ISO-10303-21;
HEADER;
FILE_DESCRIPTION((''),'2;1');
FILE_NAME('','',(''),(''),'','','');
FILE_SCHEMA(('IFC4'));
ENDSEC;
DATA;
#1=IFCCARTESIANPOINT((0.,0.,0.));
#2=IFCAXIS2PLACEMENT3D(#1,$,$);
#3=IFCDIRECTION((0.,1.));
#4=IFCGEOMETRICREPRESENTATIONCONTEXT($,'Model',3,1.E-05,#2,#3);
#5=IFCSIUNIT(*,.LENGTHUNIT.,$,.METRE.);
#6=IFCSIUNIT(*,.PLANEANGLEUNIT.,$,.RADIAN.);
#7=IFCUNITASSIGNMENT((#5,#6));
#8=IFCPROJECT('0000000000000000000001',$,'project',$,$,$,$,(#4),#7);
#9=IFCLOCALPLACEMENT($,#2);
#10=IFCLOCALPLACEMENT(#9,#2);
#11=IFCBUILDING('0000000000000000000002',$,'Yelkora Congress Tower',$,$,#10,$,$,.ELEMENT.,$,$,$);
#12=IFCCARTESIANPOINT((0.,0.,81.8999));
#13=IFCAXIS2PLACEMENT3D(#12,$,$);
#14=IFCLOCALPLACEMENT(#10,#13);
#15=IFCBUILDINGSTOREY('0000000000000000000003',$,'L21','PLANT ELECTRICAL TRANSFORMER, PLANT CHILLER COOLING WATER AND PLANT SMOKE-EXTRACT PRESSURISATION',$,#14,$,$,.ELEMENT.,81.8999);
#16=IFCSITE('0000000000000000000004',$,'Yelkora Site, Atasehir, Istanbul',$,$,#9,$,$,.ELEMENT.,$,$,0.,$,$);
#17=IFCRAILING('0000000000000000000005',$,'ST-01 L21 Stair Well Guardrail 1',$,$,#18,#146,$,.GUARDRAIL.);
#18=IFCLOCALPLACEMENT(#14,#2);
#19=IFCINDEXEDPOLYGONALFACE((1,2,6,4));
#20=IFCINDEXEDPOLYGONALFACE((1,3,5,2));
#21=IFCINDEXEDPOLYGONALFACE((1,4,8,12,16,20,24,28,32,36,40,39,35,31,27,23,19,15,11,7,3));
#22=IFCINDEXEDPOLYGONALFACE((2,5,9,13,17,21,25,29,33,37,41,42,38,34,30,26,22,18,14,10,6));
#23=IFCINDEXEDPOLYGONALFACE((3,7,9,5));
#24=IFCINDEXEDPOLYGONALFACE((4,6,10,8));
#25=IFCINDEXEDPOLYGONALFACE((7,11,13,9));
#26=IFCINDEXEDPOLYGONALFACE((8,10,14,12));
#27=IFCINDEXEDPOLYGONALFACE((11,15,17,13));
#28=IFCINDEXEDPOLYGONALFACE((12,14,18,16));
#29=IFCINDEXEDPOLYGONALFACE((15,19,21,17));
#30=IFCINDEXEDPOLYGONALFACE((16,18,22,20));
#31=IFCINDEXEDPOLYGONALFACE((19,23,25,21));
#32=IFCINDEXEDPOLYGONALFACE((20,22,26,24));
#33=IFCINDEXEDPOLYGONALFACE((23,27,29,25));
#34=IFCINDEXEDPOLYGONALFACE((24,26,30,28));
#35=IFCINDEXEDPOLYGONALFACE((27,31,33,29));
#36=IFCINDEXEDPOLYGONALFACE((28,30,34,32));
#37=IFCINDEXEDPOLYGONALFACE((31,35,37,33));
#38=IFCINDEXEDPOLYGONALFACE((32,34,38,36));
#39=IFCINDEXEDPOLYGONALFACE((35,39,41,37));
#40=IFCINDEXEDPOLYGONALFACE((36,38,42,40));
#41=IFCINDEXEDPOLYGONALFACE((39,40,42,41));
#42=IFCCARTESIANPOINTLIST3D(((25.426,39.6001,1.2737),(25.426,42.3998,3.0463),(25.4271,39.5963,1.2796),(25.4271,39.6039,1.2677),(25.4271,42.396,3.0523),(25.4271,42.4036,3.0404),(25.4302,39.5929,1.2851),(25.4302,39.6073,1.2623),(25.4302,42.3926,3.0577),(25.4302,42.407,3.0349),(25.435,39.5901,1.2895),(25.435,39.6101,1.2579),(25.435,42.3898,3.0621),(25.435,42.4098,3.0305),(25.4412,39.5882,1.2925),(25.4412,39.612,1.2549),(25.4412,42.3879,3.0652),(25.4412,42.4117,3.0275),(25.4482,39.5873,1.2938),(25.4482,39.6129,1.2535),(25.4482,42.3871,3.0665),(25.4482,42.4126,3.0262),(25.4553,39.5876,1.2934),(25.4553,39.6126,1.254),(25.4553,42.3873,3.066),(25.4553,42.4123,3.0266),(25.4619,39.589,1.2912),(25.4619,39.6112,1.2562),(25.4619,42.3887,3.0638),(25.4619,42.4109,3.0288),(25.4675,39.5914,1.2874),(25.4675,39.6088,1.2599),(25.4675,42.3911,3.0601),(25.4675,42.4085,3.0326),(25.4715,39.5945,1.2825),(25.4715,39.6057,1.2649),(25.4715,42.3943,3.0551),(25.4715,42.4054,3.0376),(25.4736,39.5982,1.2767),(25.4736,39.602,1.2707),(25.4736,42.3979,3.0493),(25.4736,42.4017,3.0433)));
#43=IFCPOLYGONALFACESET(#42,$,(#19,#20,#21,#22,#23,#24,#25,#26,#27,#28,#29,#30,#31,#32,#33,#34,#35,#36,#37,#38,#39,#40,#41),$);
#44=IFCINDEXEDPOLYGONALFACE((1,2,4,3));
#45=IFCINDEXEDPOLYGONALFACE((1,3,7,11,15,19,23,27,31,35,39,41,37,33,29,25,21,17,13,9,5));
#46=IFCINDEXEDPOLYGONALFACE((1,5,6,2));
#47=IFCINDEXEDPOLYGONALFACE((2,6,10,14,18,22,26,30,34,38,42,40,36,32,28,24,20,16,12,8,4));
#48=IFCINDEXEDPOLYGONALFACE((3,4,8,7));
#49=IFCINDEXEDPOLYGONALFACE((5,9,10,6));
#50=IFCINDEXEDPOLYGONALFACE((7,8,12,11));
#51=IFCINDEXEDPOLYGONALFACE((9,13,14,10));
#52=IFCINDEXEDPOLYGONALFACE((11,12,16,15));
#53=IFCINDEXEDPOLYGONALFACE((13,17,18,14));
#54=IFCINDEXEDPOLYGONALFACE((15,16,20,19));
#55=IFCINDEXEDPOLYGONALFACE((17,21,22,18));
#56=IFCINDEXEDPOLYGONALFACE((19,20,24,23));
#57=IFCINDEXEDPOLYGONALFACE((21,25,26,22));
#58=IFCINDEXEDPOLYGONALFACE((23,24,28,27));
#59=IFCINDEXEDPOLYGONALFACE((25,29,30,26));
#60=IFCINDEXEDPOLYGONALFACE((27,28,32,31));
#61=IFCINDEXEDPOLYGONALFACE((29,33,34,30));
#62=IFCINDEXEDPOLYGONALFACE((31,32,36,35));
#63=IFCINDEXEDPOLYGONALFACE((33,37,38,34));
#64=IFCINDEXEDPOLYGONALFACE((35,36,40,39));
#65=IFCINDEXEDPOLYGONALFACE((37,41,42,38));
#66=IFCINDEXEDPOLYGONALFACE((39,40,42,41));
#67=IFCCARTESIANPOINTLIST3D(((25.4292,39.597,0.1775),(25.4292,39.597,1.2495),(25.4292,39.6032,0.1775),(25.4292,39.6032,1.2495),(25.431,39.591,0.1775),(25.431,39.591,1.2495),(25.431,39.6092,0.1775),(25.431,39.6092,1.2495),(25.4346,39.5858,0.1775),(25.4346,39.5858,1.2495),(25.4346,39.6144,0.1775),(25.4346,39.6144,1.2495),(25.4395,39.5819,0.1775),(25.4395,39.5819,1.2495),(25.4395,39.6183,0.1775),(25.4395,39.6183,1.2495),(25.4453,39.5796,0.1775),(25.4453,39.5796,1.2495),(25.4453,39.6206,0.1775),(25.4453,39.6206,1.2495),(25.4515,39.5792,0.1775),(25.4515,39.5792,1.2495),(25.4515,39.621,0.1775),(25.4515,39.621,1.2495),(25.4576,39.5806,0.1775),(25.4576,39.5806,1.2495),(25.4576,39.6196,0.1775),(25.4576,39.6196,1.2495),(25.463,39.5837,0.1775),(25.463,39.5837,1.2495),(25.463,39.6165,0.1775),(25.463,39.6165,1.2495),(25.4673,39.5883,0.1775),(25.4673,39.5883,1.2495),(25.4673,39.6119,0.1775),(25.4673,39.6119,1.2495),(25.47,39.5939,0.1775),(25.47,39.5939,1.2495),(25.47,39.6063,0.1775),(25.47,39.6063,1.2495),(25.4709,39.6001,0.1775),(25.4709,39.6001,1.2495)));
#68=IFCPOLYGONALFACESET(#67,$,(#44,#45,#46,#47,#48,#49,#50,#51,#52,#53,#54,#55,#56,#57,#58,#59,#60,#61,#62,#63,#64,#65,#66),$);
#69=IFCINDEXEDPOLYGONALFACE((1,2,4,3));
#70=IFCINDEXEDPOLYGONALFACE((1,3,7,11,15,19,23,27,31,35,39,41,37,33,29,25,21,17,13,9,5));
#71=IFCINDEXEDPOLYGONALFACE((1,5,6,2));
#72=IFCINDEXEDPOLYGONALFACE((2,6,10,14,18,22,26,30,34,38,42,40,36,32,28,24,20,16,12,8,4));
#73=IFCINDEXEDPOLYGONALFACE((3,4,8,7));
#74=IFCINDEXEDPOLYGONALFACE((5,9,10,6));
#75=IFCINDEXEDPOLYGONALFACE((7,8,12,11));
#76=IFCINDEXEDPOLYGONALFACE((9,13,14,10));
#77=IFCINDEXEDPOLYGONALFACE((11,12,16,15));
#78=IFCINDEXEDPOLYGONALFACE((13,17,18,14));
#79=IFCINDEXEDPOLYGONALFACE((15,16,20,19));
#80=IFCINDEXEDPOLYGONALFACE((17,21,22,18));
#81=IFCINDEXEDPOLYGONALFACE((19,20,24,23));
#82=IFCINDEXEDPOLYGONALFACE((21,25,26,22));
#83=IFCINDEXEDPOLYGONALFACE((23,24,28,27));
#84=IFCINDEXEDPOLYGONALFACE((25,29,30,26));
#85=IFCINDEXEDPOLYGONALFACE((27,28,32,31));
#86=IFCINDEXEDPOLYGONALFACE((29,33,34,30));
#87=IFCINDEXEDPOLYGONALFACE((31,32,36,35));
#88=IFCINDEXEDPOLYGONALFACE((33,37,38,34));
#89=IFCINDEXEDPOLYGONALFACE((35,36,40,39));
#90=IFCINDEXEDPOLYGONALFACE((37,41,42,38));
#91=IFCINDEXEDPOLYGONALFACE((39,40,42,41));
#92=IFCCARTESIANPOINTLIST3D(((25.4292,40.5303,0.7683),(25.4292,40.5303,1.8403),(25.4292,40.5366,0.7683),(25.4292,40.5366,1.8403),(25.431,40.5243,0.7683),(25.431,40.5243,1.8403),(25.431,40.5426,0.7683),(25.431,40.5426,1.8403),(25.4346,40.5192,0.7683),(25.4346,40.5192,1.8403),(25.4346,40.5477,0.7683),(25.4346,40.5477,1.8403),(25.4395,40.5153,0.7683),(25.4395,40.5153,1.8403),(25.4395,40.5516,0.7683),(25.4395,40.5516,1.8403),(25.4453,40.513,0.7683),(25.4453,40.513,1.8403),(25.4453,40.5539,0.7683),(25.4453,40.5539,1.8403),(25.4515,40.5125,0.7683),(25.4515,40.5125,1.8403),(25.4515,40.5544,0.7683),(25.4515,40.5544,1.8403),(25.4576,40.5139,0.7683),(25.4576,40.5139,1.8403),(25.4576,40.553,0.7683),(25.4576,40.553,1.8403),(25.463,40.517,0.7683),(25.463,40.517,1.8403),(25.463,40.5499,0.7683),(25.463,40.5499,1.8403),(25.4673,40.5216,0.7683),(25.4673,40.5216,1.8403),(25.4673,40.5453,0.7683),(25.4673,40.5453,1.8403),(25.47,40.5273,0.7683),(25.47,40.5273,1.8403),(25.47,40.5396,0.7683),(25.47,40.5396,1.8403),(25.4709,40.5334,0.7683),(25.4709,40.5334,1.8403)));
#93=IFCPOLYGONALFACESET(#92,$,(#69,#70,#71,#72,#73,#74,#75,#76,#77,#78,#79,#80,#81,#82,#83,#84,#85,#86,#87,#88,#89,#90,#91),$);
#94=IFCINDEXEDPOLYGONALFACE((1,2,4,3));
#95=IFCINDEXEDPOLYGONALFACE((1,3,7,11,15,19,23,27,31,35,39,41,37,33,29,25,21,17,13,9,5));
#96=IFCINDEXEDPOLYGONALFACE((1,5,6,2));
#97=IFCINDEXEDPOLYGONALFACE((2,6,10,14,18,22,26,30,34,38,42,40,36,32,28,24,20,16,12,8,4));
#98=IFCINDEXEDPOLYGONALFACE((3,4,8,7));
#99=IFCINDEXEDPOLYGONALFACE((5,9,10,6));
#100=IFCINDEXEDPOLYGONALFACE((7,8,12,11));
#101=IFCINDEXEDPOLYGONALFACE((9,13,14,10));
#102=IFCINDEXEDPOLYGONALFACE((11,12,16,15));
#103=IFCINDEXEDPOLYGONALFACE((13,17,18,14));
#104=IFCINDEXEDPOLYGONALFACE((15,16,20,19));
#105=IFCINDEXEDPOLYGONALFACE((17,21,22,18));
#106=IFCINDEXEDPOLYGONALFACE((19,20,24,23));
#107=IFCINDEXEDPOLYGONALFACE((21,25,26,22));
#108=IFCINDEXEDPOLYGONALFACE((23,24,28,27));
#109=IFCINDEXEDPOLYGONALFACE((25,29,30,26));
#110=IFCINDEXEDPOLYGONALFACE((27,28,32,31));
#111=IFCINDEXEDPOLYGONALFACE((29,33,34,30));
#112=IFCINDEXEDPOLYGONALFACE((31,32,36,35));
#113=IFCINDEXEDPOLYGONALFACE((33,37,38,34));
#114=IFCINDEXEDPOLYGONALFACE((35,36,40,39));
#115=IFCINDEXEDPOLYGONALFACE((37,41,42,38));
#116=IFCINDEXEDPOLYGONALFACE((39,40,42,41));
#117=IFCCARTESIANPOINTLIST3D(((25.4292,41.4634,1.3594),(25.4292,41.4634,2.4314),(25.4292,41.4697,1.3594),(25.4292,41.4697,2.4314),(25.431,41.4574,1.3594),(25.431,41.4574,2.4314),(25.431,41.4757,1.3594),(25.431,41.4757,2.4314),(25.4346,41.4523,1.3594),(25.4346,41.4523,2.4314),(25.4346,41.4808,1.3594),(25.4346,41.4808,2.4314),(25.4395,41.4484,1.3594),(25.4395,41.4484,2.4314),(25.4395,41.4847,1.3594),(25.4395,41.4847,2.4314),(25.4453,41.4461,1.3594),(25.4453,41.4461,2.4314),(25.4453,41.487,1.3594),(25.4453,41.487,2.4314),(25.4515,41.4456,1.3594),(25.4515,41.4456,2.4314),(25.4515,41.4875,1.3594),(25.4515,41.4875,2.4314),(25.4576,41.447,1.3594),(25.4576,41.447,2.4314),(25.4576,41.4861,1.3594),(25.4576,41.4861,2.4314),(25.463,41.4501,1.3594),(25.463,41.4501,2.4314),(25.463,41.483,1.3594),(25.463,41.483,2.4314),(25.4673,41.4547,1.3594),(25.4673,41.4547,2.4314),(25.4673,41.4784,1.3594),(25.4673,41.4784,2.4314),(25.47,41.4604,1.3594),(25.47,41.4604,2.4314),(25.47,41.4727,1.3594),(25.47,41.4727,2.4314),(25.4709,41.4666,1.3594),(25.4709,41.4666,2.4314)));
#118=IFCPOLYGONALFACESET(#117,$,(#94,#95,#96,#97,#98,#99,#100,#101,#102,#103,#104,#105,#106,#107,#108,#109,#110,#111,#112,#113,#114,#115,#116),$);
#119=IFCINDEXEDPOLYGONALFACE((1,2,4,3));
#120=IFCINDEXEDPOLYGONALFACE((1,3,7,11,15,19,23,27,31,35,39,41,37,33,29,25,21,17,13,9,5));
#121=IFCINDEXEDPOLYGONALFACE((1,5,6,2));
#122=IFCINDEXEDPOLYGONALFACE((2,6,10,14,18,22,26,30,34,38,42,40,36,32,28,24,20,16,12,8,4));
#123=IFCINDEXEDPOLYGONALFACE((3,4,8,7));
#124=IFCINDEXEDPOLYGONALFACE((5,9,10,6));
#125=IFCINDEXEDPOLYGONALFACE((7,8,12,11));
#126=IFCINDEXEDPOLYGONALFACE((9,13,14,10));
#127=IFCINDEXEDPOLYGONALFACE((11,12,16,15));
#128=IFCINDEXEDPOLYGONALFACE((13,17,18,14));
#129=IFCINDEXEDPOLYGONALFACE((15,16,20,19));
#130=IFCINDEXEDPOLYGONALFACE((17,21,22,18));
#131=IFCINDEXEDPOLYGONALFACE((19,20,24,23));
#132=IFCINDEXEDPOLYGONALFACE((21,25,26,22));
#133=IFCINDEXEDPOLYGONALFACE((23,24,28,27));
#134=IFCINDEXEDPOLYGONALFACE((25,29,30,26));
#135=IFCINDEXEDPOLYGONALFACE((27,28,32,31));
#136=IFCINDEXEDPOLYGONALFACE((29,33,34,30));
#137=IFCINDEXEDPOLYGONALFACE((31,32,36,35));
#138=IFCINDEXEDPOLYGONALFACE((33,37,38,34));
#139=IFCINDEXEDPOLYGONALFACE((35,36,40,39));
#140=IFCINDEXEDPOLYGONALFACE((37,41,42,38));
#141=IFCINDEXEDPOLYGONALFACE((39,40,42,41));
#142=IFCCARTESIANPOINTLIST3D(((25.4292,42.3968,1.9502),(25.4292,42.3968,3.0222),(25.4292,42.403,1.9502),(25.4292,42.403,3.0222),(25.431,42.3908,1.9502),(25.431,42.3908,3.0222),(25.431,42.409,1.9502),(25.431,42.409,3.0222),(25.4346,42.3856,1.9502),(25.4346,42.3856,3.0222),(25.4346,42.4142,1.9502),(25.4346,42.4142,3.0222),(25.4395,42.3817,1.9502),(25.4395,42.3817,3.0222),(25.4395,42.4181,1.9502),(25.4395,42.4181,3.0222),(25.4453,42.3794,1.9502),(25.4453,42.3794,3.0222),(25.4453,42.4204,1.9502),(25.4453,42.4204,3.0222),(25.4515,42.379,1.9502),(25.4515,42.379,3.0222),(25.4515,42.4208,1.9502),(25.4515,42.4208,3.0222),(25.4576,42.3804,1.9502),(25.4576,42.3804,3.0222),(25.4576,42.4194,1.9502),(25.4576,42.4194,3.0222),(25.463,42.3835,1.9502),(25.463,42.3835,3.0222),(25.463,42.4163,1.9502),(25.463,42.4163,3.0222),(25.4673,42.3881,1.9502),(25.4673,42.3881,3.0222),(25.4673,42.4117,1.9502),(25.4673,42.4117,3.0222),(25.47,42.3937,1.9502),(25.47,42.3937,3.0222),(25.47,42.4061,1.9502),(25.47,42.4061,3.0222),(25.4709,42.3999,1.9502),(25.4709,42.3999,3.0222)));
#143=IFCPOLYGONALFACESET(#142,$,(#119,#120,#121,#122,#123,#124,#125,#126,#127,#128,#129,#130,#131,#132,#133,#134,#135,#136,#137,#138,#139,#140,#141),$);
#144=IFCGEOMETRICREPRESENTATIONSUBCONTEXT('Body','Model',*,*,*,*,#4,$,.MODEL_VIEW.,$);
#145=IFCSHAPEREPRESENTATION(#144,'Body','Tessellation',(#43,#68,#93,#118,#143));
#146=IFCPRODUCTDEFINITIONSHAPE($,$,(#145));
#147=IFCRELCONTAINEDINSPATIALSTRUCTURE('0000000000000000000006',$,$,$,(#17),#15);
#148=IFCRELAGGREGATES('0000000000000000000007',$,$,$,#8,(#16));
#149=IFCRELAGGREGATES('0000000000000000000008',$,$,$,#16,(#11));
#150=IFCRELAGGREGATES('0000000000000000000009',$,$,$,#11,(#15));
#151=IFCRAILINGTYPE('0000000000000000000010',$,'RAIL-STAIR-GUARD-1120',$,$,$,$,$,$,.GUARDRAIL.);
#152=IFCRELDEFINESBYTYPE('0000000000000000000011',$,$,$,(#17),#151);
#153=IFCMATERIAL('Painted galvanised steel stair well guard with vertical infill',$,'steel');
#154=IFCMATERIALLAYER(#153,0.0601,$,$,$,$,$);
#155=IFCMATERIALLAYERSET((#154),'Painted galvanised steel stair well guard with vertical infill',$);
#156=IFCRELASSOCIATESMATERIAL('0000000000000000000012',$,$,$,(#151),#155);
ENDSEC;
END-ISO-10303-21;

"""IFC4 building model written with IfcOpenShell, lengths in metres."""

from ifc_helpers import new_model, si_unit, direction, frame, origin, origin_2d, place, context, subcontext, project, spatial, circle, extrude, material, layer, layer_set, type_object, element, save


model = new_model("IFC4")

# Units and contexts
model_context = context("Model", 3, precision=1e-05, world=origin(), true_north=direction((0.0, 1.0)))
body_context = subcontext(model_context, "Body", "Model", "MODEL_VIEW")
ifc_project = project(units=[si_unit("LENGTHUNIT", "METRE"), si_unit("PLANEANGLEUNIT", "RADIAN")], contexts=[model_context])

# Site, building, storey
site_placement = place(None, origin())
site = spatial("IfcSite", under=ifc_project, at=site_placement, Name="Yelkora Site, Atasehir, Istanbul", CompositionType="ELEMENT", RefElevation=0.0)
building_placement = place(site_placement, origin())
building = spatial("IfcBuilding", under=site, at=building_placement, Name="Yelkora Congress Tower", CompositionType="ELEMENT")
storey_placement = place(building_placement, frame((0.0, 0.0, 81.8999)))
storey = spatial("IfcBuildingStorey", under=building, at=storey_placement, Name="L21", Description="PLANT ELECTRICAL TRANSFORMER, PLANT CHILLER COOLING WATER AND PLANT SMOKE-EXTRACT PRESSURISATION", CompositionType="ELEMENT", Elevation=81.8999)

# Railing
ifc_material_1 = material(Name="Painted galvanised steel stair well guard with vertical infill", Category="steel")
ifc_layer_1 = layer(ifc_material_1, 0.0601)
ifc_layer_set_1 = layer_set([ifc_layer_1], Name="Painted galvanised steel stair well guard with vertical infill")
railing_type_1 = type_object("IfcRailingType", Name="RAIL-STAIR-GUARD-1120", PredefinedType="GUARDRAIL", material=ifc_layer_set_1)
railing_1_placement = place(storey_placement, frame((25.45, 39.6001, 0.1775)))
element("IfcRailing", 1, at=railing_1_placement, inside=storey, type_object=railing_type_1, Name="ST-01 L21 Stair Well Guardrail 1", PredefinedType="GUARDRAIL", context=body_context, shape_type="SweptSolid", body=[
    extrude(circle(Radius=0.0239, at=origin_2d()), frame((0.0, 0.0, 1.0962), z_axis=(0.0, 0.844888, 0.534943), x_axis=(-1.0, 0.0, 0.0)), (0.0, 0.0, 1.0), 3.3137),
    extrude(circle(Radius=0.021, at=origin_2d()), origin(), (0.0, 0.0, 1.0), 1.072),
    extrude(circle(Radius=0.021, at=origin_2d()), frame((0.0, 0.9333, 0.5908)), (0.0, 0.0, 1.0), 1.072),
    extrude(circle(Radius=0.021, at=origin_2d()), frame((0.0, 1.8665, 1.1819)), (0.0, 0.0, 1.0), 1.072),
    extrude(circle(Radius=0.021, at=origin_2d()), frame((0.0, 2.7998, 1.7727)), (0.0, 0.0, 1.0), 1.072),
])

save(model, "model.ifc")
